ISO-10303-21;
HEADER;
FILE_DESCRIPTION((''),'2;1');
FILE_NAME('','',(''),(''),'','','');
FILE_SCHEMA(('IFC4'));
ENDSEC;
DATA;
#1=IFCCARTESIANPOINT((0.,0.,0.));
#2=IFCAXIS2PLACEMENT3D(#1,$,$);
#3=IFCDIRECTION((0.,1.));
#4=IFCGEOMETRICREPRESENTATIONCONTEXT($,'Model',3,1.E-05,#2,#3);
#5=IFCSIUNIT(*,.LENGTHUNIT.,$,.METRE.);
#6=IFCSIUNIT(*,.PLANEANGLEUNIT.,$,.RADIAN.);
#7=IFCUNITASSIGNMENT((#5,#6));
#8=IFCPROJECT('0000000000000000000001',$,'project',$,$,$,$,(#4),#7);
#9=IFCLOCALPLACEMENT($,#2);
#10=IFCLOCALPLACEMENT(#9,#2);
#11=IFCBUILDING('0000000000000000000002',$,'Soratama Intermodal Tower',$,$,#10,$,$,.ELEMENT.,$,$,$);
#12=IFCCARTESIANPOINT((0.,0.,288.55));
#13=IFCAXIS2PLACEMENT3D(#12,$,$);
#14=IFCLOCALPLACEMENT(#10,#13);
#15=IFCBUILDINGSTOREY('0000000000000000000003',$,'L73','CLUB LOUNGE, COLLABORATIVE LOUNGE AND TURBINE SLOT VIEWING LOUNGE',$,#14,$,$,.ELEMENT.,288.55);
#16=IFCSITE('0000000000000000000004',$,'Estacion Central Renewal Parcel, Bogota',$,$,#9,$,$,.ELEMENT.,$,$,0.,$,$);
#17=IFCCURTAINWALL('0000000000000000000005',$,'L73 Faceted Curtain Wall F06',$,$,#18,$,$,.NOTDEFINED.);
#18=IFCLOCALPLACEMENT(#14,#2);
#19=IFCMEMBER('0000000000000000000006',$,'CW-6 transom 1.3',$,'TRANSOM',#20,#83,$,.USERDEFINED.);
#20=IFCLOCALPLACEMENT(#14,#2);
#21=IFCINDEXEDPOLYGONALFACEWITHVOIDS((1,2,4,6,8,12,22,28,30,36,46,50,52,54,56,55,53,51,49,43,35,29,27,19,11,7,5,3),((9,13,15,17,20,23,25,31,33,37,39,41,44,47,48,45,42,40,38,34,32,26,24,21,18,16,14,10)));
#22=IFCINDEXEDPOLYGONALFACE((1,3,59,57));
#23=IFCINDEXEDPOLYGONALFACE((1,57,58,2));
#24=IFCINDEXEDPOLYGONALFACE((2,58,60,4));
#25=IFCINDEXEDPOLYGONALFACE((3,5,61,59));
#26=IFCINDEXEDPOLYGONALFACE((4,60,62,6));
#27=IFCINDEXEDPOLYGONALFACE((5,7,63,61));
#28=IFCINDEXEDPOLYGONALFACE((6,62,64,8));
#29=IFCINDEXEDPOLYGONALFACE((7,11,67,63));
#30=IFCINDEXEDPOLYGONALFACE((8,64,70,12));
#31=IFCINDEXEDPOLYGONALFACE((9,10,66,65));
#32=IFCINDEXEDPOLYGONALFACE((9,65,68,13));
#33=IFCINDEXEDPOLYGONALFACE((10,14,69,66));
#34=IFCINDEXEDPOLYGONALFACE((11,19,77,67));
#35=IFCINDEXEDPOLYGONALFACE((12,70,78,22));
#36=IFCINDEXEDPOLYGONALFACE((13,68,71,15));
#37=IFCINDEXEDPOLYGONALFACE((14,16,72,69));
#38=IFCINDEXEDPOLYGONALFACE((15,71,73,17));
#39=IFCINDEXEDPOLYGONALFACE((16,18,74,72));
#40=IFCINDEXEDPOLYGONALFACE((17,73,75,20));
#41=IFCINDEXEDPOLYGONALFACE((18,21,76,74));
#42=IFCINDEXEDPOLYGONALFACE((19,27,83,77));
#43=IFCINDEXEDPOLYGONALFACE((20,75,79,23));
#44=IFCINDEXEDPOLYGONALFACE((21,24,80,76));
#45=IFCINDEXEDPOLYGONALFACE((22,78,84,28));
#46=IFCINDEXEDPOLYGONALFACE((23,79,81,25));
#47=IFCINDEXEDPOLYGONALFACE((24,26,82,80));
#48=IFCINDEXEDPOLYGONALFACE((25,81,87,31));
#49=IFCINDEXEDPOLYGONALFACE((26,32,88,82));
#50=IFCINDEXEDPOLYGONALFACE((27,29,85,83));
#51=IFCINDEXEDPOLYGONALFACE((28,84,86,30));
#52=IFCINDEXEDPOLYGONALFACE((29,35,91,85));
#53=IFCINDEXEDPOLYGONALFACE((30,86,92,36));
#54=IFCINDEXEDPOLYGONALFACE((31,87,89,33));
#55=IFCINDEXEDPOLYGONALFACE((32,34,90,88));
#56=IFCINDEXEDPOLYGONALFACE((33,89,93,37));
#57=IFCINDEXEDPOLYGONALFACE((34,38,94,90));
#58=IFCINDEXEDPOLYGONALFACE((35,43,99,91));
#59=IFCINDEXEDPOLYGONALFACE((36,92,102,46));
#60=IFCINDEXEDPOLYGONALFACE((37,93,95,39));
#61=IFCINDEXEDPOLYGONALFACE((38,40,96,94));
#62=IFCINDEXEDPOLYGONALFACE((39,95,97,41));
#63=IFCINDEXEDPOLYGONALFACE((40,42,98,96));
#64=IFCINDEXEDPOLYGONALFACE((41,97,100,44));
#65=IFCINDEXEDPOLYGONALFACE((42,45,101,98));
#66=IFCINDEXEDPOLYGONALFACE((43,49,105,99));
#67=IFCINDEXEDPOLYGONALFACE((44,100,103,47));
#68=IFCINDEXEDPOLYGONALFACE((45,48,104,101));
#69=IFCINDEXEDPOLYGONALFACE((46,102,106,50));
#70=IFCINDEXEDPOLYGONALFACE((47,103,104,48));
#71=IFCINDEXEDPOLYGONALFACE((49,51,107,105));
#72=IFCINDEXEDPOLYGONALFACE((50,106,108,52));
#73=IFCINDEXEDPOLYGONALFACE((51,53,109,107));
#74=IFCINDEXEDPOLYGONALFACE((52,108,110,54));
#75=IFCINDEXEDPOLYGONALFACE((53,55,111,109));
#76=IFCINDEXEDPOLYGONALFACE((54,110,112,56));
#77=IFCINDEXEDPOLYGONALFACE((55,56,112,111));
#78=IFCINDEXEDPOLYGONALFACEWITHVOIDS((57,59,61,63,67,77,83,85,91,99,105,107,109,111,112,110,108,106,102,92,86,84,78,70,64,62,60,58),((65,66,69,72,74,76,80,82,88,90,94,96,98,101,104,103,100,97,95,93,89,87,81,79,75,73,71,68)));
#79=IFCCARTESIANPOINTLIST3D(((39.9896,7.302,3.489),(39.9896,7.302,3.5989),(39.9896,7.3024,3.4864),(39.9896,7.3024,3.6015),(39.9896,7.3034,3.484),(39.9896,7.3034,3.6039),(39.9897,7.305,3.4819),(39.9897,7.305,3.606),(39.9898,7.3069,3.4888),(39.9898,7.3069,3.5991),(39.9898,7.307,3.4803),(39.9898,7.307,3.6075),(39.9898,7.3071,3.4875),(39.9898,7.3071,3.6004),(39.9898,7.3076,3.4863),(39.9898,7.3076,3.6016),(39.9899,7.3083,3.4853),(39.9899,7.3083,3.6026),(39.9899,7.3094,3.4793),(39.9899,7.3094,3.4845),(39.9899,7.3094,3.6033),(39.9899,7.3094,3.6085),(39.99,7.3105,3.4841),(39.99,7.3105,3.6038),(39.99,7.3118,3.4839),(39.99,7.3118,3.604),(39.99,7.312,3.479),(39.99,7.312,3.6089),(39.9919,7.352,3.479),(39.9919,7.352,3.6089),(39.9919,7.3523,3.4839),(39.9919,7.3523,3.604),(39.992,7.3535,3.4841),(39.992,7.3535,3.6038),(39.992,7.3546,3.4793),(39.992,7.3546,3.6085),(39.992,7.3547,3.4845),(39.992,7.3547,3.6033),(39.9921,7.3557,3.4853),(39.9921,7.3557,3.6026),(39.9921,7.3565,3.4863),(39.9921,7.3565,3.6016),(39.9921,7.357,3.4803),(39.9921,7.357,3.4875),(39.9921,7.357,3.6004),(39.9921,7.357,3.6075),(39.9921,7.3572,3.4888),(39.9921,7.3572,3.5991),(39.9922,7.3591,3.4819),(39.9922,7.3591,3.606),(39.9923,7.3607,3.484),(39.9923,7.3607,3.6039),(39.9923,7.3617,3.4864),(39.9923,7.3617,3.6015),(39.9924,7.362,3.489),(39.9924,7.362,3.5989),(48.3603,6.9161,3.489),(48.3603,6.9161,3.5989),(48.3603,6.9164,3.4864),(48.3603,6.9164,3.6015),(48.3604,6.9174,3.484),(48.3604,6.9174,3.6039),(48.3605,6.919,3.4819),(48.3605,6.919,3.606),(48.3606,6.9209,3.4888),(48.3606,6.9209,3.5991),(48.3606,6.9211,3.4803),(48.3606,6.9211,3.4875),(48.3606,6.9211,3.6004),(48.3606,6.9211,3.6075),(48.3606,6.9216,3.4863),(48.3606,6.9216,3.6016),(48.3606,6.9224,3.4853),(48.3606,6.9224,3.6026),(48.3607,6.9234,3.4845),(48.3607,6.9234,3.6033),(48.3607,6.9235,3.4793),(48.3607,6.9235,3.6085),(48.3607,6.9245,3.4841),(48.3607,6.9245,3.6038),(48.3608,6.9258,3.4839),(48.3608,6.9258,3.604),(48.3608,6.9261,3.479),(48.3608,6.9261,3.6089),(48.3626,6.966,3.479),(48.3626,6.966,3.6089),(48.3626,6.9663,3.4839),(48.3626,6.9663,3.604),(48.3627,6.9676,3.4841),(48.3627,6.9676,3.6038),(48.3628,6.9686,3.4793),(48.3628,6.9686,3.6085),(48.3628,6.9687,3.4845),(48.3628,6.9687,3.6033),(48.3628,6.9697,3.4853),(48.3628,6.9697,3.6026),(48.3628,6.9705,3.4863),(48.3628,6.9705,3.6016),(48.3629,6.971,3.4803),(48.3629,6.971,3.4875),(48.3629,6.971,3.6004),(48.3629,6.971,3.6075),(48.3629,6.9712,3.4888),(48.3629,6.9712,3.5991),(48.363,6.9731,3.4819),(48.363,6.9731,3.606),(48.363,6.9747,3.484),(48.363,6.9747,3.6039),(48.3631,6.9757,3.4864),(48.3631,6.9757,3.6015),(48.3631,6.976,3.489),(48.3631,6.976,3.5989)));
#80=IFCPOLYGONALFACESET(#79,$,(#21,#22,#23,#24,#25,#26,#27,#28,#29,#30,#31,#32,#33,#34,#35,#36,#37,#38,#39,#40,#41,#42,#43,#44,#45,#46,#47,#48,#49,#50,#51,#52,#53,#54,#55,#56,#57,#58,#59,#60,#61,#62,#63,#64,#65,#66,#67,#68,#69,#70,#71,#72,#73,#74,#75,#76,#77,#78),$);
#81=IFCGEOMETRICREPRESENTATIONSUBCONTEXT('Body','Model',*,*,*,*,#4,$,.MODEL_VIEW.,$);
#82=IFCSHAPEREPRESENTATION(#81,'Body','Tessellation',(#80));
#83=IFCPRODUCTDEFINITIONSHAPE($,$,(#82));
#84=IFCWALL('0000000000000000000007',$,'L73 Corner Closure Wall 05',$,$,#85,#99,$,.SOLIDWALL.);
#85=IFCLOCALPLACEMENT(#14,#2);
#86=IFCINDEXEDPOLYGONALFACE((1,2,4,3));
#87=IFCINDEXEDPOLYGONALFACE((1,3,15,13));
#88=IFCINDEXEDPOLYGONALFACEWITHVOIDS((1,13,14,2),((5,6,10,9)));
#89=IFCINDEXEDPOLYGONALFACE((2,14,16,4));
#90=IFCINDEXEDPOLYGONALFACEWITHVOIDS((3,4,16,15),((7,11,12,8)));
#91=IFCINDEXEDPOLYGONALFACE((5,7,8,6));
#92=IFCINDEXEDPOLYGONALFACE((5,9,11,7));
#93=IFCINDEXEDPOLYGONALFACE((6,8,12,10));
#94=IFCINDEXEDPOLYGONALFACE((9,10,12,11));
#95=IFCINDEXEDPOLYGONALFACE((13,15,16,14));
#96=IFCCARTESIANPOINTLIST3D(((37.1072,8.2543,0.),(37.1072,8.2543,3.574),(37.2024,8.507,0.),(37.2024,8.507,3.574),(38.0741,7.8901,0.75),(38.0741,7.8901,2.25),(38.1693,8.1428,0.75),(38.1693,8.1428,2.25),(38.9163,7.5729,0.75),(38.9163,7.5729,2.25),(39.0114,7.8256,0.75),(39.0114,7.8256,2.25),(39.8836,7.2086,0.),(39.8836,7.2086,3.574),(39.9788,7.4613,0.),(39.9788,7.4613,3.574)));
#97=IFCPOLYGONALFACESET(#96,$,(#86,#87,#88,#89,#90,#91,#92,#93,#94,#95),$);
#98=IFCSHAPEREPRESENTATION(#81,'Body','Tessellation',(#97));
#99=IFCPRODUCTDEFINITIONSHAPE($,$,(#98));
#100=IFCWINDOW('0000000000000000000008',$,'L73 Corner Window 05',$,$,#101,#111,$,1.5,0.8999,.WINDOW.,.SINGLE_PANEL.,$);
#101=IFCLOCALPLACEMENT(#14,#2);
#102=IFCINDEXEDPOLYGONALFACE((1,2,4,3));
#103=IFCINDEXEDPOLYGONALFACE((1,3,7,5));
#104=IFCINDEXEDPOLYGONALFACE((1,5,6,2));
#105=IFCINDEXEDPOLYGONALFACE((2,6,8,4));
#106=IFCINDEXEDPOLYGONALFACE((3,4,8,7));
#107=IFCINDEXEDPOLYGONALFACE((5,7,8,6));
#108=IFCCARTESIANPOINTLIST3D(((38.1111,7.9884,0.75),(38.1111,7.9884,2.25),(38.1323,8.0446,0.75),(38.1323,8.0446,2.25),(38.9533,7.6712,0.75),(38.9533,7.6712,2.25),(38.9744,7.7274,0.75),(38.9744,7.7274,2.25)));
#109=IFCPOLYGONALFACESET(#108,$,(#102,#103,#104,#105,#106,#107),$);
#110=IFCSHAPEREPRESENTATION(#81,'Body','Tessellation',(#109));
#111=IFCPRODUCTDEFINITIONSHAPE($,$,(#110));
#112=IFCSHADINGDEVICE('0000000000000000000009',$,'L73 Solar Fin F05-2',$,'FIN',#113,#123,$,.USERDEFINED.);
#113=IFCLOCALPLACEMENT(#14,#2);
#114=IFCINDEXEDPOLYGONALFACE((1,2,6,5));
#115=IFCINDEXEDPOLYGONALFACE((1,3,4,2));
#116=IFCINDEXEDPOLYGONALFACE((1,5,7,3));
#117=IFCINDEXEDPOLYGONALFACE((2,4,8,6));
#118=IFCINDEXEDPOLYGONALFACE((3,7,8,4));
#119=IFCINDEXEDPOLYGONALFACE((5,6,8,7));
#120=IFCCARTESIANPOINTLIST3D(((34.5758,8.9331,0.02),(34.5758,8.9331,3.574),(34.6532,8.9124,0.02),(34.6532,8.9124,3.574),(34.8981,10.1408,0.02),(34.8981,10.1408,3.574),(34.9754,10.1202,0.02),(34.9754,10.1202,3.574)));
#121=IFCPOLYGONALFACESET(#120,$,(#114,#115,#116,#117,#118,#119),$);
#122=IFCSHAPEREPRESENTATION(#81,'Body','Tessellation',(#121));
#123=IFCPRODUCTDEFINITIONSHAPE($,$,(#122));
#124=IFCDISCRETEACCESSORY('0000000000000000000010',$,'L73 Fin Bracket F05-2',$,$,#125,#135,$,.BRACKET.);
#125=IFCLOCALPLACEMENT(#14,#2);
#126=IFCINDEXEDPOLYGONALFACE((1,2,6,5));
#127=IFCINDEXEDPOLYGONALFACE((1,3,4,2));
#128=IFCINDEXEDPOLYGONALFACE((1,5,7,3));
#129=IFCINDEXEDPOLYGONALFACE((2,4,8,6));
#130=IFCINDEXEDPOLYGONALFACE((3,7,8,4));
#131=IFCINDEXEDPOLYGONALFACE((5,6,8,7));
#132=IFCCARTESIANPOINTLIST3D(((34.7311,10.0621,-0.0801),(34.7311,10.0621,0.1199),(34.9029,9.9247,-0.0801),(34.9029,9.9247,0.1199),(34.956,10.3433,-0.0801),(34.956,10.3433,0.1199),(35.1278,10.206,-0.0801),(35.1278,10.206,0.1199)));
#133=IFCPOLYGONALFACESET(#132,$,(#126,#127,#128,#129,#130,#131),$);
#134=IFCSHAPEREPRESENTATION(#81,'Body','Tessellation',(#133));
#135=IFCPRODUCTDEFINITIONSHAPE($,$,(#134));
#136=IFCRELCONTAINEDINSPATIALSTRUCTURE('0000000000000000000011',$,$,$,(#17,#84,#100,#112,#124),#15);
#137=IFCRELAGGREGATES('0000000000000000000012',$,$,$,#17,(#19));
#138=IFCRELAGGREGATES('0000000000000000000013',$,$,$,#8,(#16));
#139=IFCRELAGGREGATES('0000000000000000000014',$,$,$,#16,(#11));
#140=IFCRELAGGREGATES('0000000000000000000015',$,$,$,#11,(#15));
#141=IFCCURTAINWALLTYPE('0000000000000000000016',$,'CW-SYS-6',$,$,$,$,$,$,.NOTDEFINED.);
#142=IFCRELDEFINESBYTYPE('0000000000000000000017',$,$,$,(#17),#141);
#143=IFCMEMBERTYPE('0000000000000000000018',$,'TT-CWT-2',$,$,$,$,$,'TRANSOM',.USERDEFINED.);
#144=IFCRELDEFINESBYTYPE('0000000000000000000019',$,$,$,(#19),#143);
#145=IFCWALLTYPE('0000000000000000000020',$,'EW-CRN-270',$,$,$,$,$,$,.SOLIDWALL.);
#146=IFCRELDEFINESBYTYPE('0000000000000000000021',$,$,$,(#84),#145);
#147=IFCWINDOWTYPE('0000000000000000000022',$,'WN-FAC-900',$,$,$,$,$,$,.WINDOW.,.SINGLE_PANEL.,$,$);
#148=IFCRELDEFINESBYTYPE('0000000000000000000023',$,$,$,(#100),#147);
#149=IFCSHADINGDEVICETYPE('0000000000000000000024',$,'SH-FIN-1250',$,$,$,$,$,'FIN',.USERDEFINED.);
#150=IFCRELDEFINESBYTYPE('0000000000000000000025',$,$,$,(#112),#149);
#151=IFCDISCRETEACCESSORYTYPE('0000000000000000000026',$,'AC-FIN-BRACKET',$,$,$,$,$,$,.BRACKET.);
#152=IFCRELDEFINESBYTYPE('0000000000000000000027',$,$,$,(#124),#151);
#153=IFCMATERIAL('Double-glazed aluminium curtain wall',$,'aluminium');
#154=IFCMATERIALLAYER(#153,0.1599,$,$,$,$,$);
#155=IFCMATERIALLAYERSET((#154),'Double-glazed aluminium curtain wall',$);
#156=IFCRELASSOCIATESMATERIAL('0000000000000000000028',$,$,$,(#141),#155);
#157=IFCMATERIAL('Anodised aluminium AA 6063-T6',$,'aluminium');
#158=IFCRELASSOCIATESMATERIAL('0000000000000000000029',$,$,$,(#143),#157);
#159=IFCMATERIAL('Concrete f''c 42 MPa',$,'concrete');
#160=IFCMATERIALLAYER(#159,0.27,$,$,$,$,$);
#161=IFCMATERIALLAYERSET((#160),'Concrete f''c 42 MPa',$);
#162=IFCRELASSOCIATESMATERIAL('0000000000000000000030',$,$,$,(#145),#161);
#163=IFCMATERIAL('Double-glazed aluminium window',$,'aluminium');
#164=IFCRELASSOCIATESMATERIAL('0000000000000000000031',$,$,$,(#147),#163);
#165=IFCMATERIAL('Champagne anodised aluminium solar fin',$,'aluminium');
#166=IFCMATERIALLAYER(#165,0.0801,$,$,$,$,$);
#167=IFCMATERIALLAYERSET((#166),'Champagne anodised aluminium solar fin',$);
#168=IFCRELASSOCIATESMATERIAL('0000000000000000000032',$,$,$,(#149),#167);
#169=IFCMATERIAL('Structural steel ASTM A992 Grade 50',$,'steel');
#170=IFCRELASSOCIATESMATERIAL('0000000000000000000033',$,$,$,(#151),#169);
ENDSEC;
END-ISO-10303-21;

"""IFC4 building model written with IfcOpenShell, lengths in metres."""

from ifc_helpers import new_model, si_unit, direction, frame, frame_2d, origin, origin_2d, place, context, subcontext, project, spatial, rectangle, hollow_rectangle, extrude, material, layer, layer_set, material_profile, profile_set, type_object, element, fill, aggregate, save


model = new_model("IFC4")

# Units and contexts
model_context = context("Model", 3, precision=1e-05, world=origin(), true_north=direction((0.0, 1.0)))
body_context = subcontext(model_context, "Body", "Model", "MODEL_VIEW")
ifc_project = project(units=[si_unit("LENGTHUNIT", "METRE"), si_unit("PLANEANGLEUNIT", "RADIAN")], contexts=[model_context])

# Site, building, storey
site_placement = place(None, origin())
site = spatial("IfcSite", under=ifc_project, at=site_placement, Name="Estacion Central Renewal Parcel, Bogota", CompositionType="ELEMENT", RefElevation=0.0)
building_placement = place(site_placement, origin())
building = spatial("IfcBuilding", under=site, at=building_placement, Name="Soratama Intermodal Tower", CompositionType="ELEMENT")
storey_placement = place(building_placement, frame((0.0, 0.0, 288.55)))
storey = spatial("IfcBuildingStorey", under=building, at=storey_placement, Name="L73", Description="CLUB LOUNGE, COLLABORATIVE LOUNGE AND TURBINE SLOT VIEWING LOUNGE", CompositionType="ELEMENT", Elevation=288.55)

# Shared definitions
ifc_material_1 = material(Name="Double-glazed aluminium curtain wall", Category="aluminium")
ifc_layer_1 = layer(ifc_material_1, 0.1599)
ifc_layer_set_1 = layer_set([ifc_layer_1], Name="Double-glazed aluminium curtain wall")
curtain_wall_type = type_object("IfcCurtainWallType", Name="CW-SYS-6", PredefinedType="NOTDEFINED", material=ifc_layer_set_1)

# Curtain wall, member
curtain_wall_1_placement = place(storey_placement, origin())
curtain_wall_1 = element("IfcCurtainWall", 1, at=curtain_wall_1_placement, inside=storey, type_object=curtain_wall_type, Name="L73 Faceted Curtain Wall F06", PredefinedType="NOTDEFINED")
ifc_material_2 = material(Name="Anodised aluminium AA 6063-T6", Category="aluminium")
ifc_material_profile_1 = material_profile(ifc_material_2, hollow_rectangle(XDim=0.0601, YDim=0.1299, WallThickness=0.0049, InnerFilletRadius=0.0049, OuterFilletRadius=0.01, at=origin_2d()), Name="CWT130X60X5")
ifc_profile_set_1 = profile_set([ifc_material_profile_1], Name="Anodised aluminium AA 6063-T6")
member_type_1 = type_object("IfcMemberType", Name="TT-CWT-2", ElementType="TRANSOM", PredefinedType="USERDEFINED", material=ifc_profile_set_1)
member_1_placement = place(storey_placement, frame((39.991, 7.332, 3.5439), z_axis=(0.998939, -0.046062, 0.0), x_axis=(0.046062, 0.998939, 0.0)))
member_1 = element("IfcMember", 2, at=member_1_placement, type_object=member_type_1, Name="CW-6 transom 1.3", ObjectType="TRANSOM", PredefinedType="USERDEFINED", context=body_context, shape_type="SweptSolid", body=[
    extrude(hollow_rectangle(XDim=0.0601, YDim=0.1299, WallThickness=0.0049, InnerFilletRadius=0.0049, OuterFilletRadius=0.01, at=origin_2d()), origin(), (0.0, 0.0, 1.0), 8.3796),
])
aggregate(curtain_wall_1, [member_1])

# Wall, opening, window
ifc_material_3 = material(Name="Concrete f'c 42 MPa", Category="concrete")
ifc_layer_2 = layer(ifc_material_3, 0.27)
ifc_layer_set_2 = layer_set([ifc_layer_2], Name="Concrete f'c 42 MPa")
wall_type = type_object("IfcWallType", Name="EW-CRN-270", PredefinedType="SOLIDWALL", material=ifc_layer_set_2)
wall_placement = place(storey_placement, frame((37.1548, 8.3806, 0.0), z_axis=(0.0, 0.0, 1.0), x_axis=(0.935828, -0.352458, 0.0)))
wall = element("IfcWall", 3, at=wall_placement, inside=storey, type_object=wall_type, Name="L73 Corner Closure Wall 05", PredefinedType="SOLIDWALL", context=body_context, shape_type="SweptSolid", body=[
    extrude(rectangle(XDim=2.9668, YDim=0.27, at=frame_2d((1.4834, 0.0))), origin(), (0.0, 0.0, 1.0), 3.574),
])
opening_placement = place(wall_placement, frame((1.0332, 0.0, 0.75)))
opening = element("IfcOpeningElement", 4, at=opening_placement, cuts=wall, PredefinedType="OPENING", context=body_context, shape_type="SweptSolid", body=[
    extrude(rectangle(XDim=0.8999, YDim=1.5, at=frame_2d((0.45, 0.75))), frame((0.0, 0.145, 0.0), z_axis=(0.0, -1.0, 0.0), x_axis=(1.0, 0.0, 0.0)), (0.0, 0.0, 1.0), 0.29),
])
ifc_material_4 = material(Name="Double-glazed aluminium window", Category="aluminium")
window_type = type_object("IfcWindowType", Name="WN-FAC-900", PartitioningType="SINGLE_PANEL", PredefinedType="WINDOW", material=ifc_material_4)
window_placement = place(opening_placement, origin())
window = element("IfcWindow", 5, at=window_placement, inside=storey, type_object=window_type, Name="L73 Corner Window 05", OverallHeight=1.5, OverallWidth=0.8999, PartitioningType="SINGLE_PANEL", PredefinedType="WINDOW", context=body_context, shape_type="SweptSolid", body=[
    extrude(rectangle(XDim=0.8999, YDim=1.5, at=frame_2d((0.45, 0.75))), frame((0.0, 0.03, 0.0), z_axis=(0.0, -1.0, 0.0), x_axis=(1.0, 0.0, 0.0)), (0.0, 0.0, 1.0), 0.0601),
])
fill(opening, window)

# Shading device
ifc_material_5 = material(Name="Champagne anodised aluminium solar fin", Category="aluminium")
ifc_layer_3 = layer(ifc_material_5, 0.0801)
ifc_layer_set_3 = layer_set([ifc_layer_3], Name="Champagne anodised aluminium solar fin")
shading_device_type = type_object("IfcShadingDeviceType", Name="SH-FIN-1250", ElementType="FIN", PredefinedType="USERDEFINED", material=ifc_layer_set_3)
shading_device_placement = place(storey_placement, frame((34.7756, 9.5266, 0.02), z_axis=(0.0, 0.0, 1.0), x_axis=(-0.257807, -0.966196, 0.0)))
element("IfcShadingDevice", 6, at=shading_device_placement, inside=storey, type_object=shading_device_type, Name="L73 Solar Fin F05-2", ObjectType="FIN", PredefinedType="USERDEFINED", context=body_context, shape_type="SweptSolid", body=[
    extrude(rectangle(XDim=1.25, YDim=0.0801, at=origin_2d()), origin(), (0.0, 0.0, 1.0), 3.554),
])

# Discrete accessory
ifc_material_6 = material(Name="Structural steel ASTM A992 Grade 50", Category="steel")
discrete_accessory_type = type_object("IfcDiscreteAccessoryType", Name="AC-FIN-BRACKET", PredefinedType="BRACKET", material=ifc_material_6)
discrete_accessory_placement = place(storey_placement, frame((34.9294, 10.134, -0.0801), z_axis=(0.0, 0.0, 1.0), x_axis=(-0.624425, -0.781085, 0.0)))
element("IfcDiscreteAccessory", 7, at=discrete_accessory_placement, inside=storey, type_object=discrete_accessory_type, Name="L73 Fin Bracket F05-2", PredefinedType="BRACKET", context=body_context, shape_type="SweptSolid", body=[
    extrude(rectangle(XDim=0.3601, YDim=0.22, at=origin_2d()), origin(), (0.0, 0.0, 1.0), 0.2),
])

save(model, "model.ifc")
